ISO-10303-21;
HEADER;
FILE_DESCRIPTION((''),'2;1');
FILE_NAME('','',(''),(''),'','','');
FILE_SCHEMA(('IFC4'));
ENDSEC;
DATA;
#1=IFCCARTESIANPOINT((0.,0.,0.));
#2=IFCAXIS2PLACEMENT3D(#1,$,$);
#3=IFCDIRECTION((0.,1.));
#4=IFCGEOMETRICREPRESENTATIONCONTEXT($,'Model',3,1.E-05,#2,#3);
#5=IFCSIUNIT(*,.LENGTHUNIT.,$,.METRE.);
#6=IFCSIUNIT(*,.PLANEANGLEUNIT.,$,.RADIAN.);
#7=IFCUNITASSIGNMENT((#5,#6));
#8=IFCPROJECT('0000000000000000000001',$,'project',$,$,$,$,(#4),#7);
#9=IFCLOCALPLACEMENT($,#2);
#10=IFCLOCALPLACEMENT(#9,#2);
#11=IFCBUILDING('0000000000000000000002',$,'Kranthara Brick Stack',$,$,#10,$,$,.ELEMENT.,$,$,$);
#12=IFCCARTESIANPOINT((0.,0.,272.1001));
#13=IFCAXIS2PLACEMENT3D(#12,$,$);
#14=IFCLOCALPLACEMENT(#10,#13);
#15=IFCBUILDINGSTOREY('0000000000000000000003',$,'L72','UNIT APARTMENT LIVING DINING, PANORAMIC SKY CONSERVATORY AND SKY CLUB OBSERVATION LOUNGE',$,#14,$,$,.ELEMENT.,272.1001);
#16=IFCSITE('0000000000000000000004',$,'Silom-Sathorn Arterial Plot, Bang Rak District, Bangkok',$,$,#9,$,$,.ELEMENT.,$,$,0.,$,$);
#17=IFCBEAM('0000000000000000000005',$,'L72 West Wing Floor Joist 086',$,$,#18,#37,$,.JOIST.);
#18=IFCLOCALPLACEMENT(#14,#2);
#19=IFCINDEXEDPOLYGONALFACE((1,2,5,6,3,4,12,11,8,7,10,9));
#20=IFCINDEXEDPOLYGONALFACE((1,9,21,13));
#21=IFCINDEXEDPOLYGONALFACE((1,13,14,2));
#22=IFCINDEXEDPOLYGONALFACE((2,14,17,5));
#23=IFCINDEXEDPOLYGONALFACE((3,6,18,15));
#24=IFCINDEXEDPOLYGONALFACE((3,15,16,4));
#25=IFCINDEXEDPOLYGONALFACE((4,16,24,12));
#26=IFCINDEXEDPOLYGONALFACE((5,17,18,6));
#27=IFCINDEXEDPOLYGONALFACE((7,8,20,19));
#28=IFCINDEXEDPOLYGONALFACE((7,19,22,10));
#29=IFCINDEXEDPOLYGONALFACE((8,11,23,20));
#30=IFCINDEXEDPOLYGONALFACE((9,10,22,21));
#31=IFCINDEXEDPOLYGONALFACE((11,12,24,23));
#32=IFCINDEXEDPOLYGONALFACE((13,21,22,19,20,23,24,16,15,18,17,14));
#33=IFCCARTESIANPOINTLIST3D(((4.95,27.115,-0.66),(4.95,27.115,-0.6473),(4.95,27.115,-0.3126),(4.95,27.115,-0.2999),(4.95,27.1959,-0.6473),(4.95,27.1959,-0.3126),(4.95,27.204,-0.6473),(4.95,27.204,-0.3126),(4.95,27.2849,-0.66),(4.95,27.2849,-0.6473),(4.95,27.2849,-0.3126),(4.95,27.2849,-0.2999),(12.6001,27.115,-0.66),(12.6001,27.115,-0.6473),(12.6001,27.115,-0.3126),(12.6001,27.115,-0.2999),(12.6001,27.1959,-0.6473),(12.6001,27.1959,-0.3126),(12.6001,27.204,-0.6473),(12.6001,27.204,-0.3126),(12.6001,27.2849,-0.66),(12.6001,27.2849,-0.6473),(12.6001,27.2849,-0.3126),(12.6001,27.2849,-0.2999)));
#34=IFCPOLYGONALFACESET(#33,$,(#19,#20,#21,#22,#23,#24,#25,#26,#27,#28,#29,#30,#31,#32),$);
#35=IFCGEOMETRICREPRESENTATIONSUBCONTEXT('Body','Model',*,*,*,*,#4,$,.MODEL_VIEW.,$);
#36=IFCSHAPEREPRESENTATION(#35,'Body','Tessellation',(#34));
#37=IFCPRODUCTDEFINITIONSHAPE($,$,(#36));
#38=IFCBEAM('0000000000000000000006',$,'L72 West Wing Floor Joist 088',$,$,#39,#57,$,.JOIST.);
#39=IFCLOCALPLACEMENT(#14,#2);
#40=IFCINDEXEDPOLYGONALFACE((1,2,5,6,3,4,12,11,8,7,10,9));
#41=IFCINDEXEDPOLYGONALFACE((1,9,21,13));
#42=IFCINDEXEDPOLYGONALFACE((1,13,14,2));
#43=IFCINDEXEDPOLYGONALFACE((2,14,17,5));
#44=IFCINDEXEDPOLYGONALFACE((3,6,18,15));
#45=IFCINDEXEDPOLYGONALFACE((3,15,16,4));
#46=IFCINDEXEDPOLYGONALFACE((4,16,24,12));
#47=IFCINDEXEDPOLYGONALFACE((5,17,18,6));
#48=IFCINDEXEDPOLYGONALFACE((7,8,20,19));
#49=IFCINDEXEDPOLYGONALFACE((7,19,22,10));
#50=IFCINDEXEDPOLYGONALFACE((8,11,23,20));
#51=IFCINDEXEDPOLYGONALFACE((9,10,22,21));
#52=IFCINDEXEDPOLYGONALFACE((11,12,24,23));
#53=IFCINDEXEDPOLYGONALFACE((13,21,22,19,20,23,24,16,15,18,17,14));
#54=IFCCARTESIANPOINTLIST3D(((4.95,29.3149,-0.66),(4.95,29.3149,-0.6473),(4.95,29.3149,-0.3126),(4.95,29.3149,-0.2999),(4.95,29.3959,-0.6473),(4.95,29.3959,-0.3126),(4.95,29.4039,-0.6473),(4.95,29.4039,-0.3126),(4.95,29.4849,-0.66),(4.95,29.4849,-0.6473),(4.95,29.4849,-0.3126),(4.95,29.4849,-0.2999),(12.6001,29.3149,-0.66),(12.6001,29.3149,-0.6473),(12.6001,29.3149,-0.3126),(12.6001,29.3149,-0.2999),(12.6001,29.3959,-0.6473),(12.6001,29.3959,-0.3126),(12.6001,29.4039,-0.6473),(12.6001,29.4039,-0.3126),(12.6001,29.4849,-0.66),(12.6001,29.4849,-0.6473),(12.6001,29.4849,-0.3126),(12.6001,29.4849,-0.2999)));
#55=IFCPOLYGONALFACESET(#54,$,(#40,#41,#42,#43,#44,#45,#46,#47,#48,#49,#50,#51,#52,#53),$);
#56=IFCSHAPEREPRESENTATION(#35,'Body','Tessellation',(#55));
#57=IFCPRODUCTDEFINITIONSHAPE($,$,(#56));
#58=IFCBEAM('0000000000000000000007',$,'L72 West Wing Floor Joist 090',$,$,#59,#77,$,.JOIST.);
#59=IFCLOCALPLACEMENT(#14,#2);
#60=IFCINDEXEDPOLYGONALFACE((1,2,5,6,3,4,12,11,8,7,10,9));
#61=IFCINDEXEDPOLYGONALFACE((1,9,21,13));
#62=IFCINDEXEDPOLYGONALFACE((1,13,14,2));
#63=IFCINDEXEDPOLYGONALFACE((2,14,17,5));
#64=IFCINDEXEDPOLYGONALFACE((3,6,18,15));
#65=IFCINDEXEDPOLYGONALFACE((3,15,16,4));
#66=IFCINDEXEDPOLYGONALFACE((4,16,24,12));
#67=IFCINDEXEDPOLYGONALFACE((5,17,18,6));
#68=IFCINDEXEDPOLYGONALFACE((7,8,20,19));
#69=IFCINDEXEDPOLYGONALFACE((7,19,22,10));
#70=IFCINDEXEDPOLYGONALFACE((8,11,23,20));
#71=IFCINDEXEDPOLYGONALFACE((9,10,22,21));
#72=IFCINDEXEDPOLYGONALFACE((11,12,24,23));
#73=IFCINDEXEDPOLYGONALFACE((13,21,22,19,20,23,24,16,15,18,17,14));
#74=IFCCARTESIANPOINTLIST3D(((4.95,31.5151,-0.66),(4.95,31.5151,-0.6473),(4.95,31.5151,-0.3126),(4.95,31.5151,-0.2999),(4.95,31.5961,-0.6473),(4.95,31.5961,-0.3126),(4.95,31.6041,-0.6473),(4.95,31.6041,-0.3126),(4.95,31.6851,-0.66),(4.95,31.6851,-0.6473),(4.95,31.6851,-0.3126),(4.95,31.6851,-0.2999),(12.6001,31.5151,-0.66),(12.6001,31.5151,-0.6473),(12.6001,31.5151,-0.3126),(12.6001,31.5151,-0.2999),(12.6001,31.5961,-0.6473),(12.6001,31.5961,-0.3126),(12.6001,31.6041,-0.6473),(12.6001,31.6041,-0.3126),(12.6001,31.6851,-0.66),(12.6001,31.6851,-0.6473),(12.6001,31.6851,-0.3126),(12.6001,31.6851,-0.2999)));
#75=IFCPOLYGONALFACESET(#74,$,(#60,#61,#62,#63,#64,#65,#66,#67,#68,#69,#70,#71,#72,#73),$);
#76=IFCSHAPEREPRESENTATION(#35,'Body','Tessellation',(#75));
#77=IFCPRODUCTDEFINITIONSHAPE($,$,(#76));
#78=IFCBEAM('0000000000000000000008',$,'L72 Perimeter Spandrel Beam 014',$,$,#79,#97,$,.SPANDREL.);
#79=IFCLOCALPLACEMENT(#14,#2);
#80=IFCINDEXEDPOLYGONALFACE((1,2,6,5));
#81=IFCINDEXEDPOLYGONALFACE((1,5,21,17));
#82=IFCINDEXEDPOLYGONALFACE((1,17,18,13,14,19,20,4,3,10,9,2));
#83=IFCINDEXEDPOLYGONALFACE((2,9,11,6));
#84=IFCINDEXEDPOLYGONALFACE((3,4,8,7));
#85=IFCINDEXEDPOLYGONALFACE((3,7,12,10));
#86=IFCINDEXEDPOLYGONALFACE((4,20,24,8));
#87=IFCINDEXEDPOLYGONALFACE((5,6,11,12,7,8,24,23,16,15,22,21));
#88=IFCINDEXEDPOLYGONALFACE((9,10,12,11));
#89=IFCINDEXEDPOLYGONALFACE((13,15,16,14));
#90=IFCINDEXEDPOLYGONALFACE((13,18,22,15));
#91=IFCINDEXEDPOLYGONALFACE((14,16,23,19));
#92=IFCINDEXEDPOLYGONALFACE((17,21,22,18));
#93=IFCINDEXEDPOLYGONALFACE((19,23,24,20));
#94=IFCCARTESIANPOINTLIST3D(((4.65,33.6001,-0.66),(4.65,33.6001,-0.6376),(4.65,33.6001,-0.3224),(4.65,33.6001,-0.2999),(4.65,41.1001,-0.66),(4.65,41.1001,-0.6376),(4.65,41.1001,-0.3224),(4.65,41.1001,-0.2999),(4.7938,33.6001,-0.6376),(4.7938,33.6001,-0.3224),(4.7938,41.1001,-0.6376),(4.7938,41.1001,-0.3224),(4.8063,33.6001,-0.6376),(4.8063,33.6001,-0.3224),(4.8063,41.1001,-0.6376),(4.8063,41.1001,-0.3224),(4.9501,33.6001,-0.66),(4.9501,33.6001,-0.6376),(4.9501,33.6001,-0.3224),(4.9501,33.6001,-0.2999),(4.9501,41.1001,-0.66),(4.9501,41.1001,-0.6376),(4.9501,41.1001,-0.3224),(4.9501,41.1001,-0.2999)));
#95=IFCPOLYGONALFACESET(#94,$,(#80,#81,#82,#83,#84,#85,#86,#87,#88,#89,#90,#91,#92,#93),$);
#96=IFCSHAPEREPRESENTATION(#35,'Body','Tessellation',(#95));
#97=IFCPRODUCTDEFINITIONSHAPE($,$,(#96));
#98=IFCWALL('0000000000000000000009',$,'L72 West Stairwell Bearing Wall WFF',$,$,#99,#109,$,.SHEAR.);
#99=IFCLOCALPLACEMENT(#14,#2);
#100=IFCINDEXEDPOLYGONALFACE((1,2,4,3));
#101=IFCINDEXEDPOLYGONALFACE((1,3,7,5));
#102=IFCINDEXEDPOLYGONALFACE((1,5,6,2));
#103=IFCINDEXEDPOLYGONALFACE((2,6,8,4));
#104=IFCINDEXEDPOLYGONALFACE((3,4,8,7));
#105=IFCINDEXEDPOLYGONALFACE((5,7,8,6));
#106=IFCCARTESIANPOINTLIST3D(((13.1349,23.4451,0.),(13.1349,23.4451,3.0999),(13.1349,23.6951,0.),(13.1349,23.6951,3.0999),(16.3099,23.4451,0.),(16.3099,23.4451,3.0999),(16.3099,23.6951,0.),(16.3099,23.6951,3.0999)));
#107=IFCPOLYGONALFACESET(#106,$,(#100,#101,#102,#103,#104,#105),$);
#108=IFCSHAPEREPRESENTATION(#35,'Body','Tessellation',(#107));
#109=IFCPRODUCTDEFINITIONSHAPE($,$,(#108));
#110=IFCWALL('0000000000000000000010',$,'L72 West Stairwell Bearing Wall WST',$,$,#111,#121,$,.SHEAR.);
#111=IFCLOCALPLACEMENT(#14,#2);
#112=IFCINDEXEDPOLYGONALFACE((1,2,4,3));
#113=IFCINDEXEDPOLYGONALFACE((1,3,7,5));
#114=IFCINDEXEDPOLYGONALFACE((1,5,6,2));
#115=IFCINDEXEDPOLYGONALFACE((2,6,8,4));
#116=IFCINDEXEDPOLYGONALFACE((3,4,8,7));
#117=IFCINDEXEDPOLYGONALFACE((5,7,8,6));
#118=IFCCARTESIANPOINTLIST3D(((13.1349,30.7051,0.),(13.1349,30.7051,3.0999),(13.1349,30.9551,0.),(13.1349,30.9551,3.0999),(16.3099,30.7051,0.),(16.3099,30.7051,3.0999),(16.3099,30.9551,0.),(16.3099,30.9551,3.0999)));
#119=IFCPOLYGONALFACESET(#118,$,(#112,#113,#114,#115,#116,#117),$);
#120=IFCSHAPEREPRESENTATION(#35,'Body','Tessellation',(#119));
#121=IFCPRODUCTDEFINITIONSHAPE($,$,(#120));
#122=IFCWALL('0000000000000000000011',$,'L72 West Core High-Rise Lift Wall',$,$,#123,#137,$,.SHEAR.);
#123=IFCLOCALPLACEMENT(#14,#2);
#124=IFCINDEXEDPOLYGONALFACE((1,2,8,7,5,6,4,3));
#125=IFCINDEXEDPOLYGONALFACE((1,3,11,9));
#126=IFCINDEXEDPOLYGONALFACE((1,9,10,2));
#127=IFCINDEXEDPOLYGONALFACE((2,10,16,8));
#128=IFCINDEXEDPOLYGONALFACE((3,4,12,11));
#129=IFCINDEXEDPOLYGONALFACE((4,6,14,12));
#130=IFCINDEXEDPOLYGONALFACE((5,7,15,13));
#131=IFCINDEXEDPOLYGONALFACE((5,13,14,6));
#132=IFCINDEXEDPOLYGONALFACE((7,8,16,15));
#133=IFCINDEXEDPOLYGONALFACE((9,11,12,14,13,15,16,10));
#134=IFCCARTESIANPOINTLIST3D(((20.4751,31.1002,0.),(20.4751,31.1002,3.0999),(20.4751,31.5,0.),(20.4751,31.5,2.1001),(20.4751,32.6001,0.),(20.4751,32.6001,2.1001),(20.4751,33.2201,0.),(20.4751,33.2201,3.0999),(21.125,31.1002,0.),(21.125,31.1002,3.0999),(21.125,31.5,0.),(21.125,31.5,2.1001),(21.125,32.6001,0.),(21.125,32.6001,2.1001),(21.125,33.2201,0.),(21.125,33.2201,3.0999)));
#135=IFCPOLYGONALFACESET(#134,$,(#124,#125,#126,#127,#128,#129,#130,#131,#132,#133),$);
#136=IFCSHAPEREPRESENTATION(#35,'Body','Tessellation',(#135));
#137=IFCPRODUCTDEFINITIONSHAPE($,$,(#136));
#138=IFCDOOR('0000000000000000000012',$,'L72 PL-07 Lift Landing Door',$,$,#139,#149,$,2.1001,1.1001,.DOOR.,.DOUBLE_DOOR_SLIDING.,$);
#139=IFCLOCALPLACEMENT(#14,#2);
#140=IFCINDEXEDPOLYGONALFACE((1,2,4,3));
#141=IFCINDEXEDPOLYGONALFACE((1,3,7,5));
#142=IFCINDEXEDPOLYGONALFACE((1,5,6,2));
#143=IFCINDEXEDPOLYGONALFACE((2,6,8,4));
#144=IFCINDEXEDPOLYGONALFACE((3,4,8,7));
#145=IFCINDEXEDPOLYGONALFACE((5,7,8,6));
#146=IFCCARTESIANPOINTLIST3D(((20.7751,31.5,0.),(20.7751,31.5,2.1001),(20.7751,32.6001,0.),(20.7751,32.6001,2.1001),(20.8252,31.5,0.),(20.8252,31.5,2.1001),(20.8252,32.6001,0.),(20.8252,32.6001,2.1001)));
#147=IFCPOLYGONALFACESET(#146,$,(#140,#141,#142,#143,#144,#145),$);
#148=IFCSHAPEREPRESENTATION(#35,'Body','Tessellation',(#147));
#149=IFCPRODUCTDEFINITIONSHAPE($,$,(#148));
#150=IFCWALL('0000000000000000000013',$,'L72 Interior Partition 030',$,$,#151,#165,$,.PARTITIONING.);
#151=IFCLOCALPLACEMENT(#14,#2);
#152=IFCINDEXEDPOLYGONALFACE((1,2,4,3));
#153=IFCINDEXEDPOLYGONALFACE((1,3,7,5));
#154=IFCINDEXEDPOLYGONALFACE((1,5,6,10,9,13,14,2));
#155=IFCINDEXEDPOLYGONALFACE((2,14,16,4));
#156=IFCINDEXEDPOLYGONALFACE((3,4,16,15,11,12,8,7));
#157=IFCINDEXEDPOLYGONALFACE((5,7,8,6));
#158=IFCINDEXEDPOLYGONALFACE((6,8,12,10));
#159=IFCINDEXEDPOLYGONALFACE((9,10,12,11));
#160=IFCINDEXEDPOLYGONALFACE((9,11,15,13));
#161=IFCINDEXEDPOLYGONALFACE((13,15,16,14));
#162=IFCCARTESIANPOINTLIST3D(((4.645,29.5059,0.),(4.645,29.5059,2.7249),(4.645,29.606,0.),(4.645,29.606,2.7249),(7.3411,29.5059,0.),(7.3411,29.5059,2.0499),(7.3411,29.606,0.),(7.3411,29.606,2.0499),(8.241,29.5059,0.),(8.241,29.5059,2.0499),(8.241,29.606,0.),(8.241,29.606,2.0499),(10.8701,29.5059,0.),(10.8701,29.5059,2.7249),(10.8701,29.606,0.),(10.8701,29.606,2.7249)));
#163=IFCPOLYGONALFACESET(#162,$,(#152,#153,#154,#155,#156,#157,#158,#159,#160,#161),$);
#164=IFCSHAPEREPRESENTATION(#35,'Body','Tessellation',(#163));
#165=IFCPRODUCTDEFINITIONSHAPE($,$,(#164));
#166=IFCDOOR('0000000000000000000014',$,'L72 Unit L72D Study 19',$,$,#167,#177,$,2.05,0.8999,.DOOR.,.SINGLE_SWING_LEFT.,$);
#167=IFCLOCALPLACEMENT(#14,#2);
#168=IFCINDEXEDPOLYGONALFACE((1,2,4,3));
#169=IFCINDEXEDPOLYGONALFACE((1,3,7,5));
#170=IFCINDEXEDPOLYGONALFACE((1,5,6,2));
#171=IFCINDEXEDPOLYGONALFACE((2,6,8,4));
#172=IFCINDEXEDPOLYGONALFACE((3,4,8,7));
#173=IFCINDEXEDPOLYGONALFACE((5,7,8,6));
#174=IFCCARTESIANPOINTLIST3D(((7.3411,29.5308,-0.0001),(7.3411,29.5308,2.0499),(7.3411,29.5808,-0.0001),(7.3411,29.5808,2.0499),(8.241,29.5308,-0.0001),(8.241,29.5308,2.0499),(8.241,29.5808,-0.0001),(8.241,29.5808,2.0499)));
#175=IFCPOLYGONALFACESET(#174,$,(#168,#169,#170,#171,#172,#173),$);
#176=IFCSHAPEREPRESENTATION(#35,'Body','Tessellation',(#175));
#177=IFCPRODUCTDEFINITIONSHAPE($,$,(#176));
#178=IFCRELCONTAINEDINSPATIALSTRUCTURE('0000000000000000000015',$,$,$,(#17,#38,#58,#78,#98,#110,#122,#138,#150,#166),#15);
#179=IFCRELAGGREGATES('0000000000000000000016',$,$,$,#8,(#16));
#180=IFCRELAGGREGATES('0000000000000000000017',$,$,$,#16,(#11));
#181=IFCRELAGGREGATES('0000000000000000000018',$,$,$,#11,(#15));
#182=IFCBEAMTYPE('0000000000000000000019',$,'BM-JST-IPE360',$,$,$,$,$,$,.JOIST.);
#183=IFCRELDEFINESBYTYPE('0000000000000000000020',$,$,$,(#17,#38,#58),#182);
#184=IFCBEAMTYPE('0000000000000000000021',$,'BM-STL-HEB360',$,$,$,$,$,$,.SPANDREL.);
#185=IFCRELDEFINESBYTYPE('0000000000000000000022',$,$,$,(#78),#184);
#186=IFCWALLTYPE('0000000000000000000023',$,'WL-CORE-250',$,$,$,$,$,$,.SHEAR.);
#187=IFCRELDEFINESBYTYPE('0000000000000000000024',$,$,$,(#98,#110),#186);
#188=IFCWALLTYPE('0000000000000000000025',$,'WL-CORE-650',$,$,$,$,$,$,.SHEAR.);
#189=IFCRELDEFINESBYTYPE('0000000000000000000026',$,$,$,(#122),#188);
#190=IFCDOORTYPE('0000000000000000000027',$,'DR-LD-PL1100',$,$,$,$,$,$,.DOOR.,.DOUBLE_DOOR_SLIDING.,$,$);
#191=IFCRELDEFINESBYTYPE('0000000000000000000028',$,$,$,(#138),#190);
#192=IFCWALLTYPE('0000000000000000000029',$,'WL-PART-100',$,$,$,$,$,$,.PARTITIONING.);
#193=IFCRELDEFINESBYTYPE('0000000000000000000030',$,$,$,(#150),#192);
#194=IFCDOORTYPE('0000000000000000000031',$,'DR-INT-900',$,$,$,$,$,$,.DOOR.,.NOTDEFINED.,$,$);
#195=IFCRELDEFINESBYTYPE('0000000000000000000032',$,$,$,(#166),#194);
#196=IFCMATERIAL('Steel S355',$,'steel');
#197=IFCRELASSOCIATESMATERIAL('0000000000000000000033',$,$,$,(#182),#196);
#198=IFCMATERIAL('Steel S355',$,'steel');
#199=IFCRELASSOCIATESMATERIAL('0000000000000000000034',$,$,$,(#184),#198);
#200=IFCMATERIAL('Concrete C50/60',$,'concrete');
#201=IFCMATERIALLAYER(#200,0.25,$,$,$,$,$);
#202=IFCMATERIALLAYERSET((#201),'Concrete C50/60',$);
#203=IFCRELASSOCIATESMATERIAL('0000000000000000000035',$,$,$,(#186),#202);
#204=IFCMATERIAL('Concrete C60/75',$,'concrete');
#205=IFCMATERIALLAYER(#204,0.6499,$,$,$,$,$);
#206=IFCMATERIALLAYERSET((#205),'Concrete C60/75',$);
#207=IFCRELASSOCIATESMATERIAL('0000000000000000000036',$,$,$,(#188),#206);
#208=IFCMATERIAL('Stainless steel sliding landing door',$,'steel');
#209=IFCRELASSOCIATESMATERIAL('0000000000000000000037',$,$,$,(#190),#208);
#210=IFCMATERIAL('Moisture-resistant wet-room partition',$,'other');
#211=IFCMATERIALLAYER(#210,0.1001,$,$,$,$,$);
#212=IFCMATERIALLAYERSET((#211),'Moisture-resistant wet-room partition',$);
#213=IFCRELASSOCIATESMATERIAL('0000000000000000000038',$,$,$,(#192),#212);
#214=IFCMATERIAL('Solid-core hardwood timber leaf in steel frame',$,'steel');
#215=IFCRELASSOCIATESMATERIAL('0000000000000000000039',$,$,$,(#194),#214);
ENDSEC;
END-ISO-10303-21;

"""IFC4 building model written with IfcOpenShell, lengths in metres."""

from ifc_helpers import new_model, si_unit, direction, frame, frame_2d, origin, origin_2d, place, context, subcontext, project, spatial, rectangle, i_section, extrude, material, layer, layer_set, material_profile, profile_set, type_object, element, fill, save


model = new_model("IFC4")

# Units and contexts
model_context = context("Model", 3, precision=1e-05, world=origin(), true_north=direction((0.0, 1.0)))
body_context = subcontext(model_context, "Body", "Model", "MODEL_VIEW")
ifc_project = project(units=[si_unit("LENGTHUNIT", "METRE"), si_unit("PLANEANGLEUNIT", "RADIAN")], contexts=[model_context])

# Site, building, storey
site_placement = place(None, origin())
site = spatial("IfcSite", under=ifc_project, at=site_placement, Name="Silom-Sathorn Arterial Plot, Bang Rak District, Bangkok", CompositionType="ELEMENT", RefElevation=0.0)
building_placement = place(site_placement, origin())
building = spatial("IfcBuilding", under=site, at=building_placement, Name="Kranthara Brick Stack", CompositionType="ELEMENT")
storey_placement = place(building_placement, frame((0.0, 0.0, 272.1001)))
storey = spatial("IfcBuildingStorey", under=building, at=storey_placement, Name="L72", Description="UNIT APARTMENT LIVING DINING, PANORAMIC SKY CONSERVATORY AND SKY CLUB OBSERVATION LOUNGE", CompositionType="ELEMENT", Elevation=272.1001)

# Beams
ifc_material_1 = material(Name="Steel S355", Category="steel")
ifc_material_profile_1 = material_profile(ifc_material_1, i_section(OverallWidth=0.1699, OverallDepth=0.3601, WebThickness=0.0081, FlangeThickness=0.0127, at=origin_2d()), Name="IPE 360")
ifc_profile_set_1 = profile_set([ifc_material_profile_1], Name="Steel S355")
beam_type_1 = type_object("IfcBeamType", Name="BM-JST-IPE360", PredefinedType="JOIST", material=ifc_profile_set_1)
for number, where, z_axis, x_axis, name in (
    (1, (4.95, 27.2, -0.48), (1.0, 0.0, 0.0), (0.0, 1.0, 0.0), "L72 West Wing Floor Joist 086"),
    (2, (4.95, 29.3999, -0.48), (1.0, 0.0, 0.0), (0.0, 1.0, 0.0), "L72 West Wing Floor Joist 088"),
    (3, (4.95, 31.6001, -0.48), (1.0, 0.0, 0.0), (0.0, 1.0, 0.0), "L72 West Wing Floor Joist 090"),
):
    element("IfcBeam", number, at=place(storey_placement, frame(where, z_axis=z_axis, x_axis=x_axis)), inside=storey, type_object=beam_type_1, Name=name, PredefinedType="JOIST", context=body_context, shape_type="SweptSolid", body=[
        extrude(i_section(OverallWidth=0.1699, OverallDepth=0.3601, WebThickness=0.0081, FlangeThickness=0.0127, at=origin_2d()), origin(), (0.0, 0.0, 1.0), 7.6501),
    ])
ifc_material_2 = material(Name="Steel S355", Category="steel")
ifc_material_profile_2 = material_profile(ifc_material_2, i_section(OverallWidth=0.3, OverallDepth=0.3601, WebThickness=0.0125, FlangeThickness=0.0225, at=origin_2d()), Name="HEB 360")
ifc_profile_set_2 = profile_set([ifc_material_profile_2], Name="Steel S355")
beam_type_2 = type_object("IfcBeamType", Name="BM-STL-HEB360", PredefinedType="SPANDREL", material=ifc_profile_set_2)
beam_placement = place(storey_placement, frame((4.8, 33.6001, -0.48), z_axis=(0.0, 1.0, 0.0), x_axis=(-1.0, 0.0, 0.0)))
element("IfcBeam", 4, at=beam_placement, inside=storey, type_object=beam_type_2, Name="L72 Perimeter Spandrel Beam 014", PredefinedType="SPANDREL", context=body_context, shape_type="SweptSolid", body=[
    extrude(i_section(OverallWidth=0.3, OverallDepth=0.3601, WebThickness=0.0125, FlangeThickness=0.0225, at=origin_2d()), origin(), (0.0, 0.0, 1.0), 7.5),
])

# Walls
ifc_material_3 = material(Name="Concrete C50/60", Category="concrete")
ifc_layer_1 = layer(ifc_material_3, 0.25)
ifc_layer_set_1 = layer_set([ifc_layer_1], Name="Concrete C50/60")
wall_type_1 = type_object("IfcWallType", Name="WL-CORE-250", PredefinedType="SHEAR", material=ifc_layer_set_1)
for number, where, z_axis, x_axis, name in (
    (5, (13.135, 23.5701, 0.0), (0.0, 0.0, 1.0), (1.0, 0.0, 0.0), "L72 West Stairwell Bearing Wall WFF"),
    (6, (13.135, 30.8301, 0.0), (0.0, 0.0, 1.0), (1.0, 0.0, 0.0), "L72 West Stairwell Bearing Wall WST"),
):
    element("IfcWall", number, at=place(storey_placement, frame(where, z_axis=z_axis, x_axis=x_axis)), inside=storey, type_object=wall_type_1, Name=name, PredefinedType="SHEAR", context=body_context, shape_type="SweptSolid", body=[
        extrude(rectangle(XDim=3.175, YDim=0.25, at=frame_2d((1.5874, 0.0))), origin(), (0.0, 0.0, 1.0), 3.0999),
    ])

# Walls, openings, doors
ifc_material_4 = material(Name="Concrete C60/75", Category="concrete")
ifc_layer_2 = layer(ifc_material_4, 0.6499)
ifc_layer_set_2 = layer_set([ifc_layer_2], Name="Concrete C60/75")
wall_type_2 = type_object("IfcWallType", Name="WL-CORE-650", PredefinedType="SHEAR", material=ifc_layer_set_2)
wall_1_placement = place(storey_placement, frame((20.8, 31.1001, 0.0), z_axis=(0.0, 0.0, 1.0), x_axis=(0.0, 1.0, 0.0)))
wall_1 = element("IfcWall", 7, at=wall_1_placement, inside=storey, type_object=wall_type_2, Name="L72 West Core High-Rise Lift Wall", PredefinedType="SHEAR", context=body_context, shape_type="SweptSolid", body=[
    extrude(rectangle(XDim=2.1199, YDim=0.6499, at=frame_2d((1.0601, 0.0))), origin(), (0.0, 0.0, 1.0), 3.0999),
])
opening_1_placement = place(wall_1_placement, frame((0.3999, 0.0, 0.0)))
opening_1 = element("IfcOpeningElement", 8, at=opening_1_placement, cuts=wall_1, PredefinedType="OPENING", context=body_context, shape_type="SweptSolid", body=[
    extrude(rectangle(XDim=1.1001, YDim=2.1001, at=frame_2d((0.55, 1.05))), frame((0.0, 0.335, 0.0), z_axis=(0.0, -1.0, 0.0), x_axis=(1.0, 0.0, 0.0)), (0.0, 0.0, 1.0), 0.6699),
])
ifc_material_5 = material(Name="Stainless steel sliding landing door", Category="steel")
door_type_1 = type_object("IfcDoorType", Name="DR-LD-PL1100", OperationType="DOUBLE_DOOR_SLIDING", PredefinedType="DOOR", material=ifc_material_5)
door_1_placement = place(opening_1_placement, origin())
door_1 = element("IfcDoor", 9, at=door_1_placement, inside=storey, type_object=door_type_1, Name="L72 PL-07 Lift Landing Door", OperationType="DOUBLE_DOOR_SLIDING", OverallHeight=2.1001, OverallWidth=1.1001, PredefinedType="DOOR", context=body_context, shape_type="SweptSolid", body=[
    extrude(rectangle(XDim=1.1001, YDim=2.1001, at=frame_2d((0.55, 1.05))), frame((0.0, 0.0249, 0.0), z_axis=(0.0, -1.0, 0.0), x_axis=(1.0, 0.0, 0.0)), (0.0, 0.0, 1.0), 0.05),
])
fill(opening_1, door_1)
ifc_material_6 = material(Name="Moisture-resistant wet-room partition", Category="other")
ifc_layer_3 = layer(ifc_material_6, 0.1001)
ifc_layer_set_3 = layer_set([ifc_layer_3], Name="Moisture-resistant wet-room partition")
wall_type_3 = type_object("IfcWallType", Name="WL-PART-100", PredefinedType="PARTITIONING", material=ifc_layer_set_3)
wall_2_placement = place(storey_placement, frame((4.645, 29.5559, 0.0), z_axis=(0.0, 0.0, 1.0), x_axis=(1.0, 0.0, 0.0)))
wall_2 = element("IfcWall", 10, at=wall_2_placement, inside=storey, type_object=wall_type_3, Name="L72 Interior Partition 030", PredefinedType="PARTITIONING", context=body_context, shape_type="SweptSolid", body=[
    extrude(rectangle(XDim=6.2251, YDim=0.1001, at=frame_2d((3.1125, 0.0))), origin(), (0.0, 0.0, 1.0), 2.7249),
])
opening_2_placement = place(wall_2_placement, frame((2.696, 0.0, 0.0)))
opening_2 = element("IfcOpeningElement", 11, at=opening_2_placement, cuts=wall_2, PredefinedType="OPENING", context=body_context, shape_type="SweptSolid", body=[
    extrude(rectangle(XDim=0.8999, YDim=2.05, at=frame_2d((0.45, 1.0249))), frame((0.0, 0.0601, 0.0), z_axis=(0.0, -1.0, 0.0), x_axis=(1.0, 0.0, 0.0)), (0.0, 0.0, 1.0), 0.1201),
])
ifc_material_7 = material(Name="Solid-core hardwood timber leaf in steel frame", Category="steel")
door_type_2 = type_object("IfcDoorType", Name="DR-INT-900", OperationType="NOTDEFINED", PredefinedType="DOOR", material=ifc_material_7)
door_2_placement = place(opening_2_placement, origin())
door_2 = element("IfcDoor", 12, at=door_2_placement, inside=storey, type_object=door_type_2, Name="L72 Unit L72D Study 19", OperationType="SINGLE_SWING_LEFT", OverallHeight=2.05, OverallWidth=0.8999, PredefinedType="DOOR", context=body_context, shape_type="SweptSolid", body=[
    extrude(rectangle(XDim=0.8999, YDim=2.05, at=frame_2d((0.45, 1.0249))), frame((0.0, 0.0249, 0.0), z_axis=(0.0, -1.0, 0.0), x_axis=(1.0, 0.0, 0.0)), (0.0, 0.0, 1.0), 0.05),
])
fill(opening_2, door_2)

save(model, "model.ifc")
